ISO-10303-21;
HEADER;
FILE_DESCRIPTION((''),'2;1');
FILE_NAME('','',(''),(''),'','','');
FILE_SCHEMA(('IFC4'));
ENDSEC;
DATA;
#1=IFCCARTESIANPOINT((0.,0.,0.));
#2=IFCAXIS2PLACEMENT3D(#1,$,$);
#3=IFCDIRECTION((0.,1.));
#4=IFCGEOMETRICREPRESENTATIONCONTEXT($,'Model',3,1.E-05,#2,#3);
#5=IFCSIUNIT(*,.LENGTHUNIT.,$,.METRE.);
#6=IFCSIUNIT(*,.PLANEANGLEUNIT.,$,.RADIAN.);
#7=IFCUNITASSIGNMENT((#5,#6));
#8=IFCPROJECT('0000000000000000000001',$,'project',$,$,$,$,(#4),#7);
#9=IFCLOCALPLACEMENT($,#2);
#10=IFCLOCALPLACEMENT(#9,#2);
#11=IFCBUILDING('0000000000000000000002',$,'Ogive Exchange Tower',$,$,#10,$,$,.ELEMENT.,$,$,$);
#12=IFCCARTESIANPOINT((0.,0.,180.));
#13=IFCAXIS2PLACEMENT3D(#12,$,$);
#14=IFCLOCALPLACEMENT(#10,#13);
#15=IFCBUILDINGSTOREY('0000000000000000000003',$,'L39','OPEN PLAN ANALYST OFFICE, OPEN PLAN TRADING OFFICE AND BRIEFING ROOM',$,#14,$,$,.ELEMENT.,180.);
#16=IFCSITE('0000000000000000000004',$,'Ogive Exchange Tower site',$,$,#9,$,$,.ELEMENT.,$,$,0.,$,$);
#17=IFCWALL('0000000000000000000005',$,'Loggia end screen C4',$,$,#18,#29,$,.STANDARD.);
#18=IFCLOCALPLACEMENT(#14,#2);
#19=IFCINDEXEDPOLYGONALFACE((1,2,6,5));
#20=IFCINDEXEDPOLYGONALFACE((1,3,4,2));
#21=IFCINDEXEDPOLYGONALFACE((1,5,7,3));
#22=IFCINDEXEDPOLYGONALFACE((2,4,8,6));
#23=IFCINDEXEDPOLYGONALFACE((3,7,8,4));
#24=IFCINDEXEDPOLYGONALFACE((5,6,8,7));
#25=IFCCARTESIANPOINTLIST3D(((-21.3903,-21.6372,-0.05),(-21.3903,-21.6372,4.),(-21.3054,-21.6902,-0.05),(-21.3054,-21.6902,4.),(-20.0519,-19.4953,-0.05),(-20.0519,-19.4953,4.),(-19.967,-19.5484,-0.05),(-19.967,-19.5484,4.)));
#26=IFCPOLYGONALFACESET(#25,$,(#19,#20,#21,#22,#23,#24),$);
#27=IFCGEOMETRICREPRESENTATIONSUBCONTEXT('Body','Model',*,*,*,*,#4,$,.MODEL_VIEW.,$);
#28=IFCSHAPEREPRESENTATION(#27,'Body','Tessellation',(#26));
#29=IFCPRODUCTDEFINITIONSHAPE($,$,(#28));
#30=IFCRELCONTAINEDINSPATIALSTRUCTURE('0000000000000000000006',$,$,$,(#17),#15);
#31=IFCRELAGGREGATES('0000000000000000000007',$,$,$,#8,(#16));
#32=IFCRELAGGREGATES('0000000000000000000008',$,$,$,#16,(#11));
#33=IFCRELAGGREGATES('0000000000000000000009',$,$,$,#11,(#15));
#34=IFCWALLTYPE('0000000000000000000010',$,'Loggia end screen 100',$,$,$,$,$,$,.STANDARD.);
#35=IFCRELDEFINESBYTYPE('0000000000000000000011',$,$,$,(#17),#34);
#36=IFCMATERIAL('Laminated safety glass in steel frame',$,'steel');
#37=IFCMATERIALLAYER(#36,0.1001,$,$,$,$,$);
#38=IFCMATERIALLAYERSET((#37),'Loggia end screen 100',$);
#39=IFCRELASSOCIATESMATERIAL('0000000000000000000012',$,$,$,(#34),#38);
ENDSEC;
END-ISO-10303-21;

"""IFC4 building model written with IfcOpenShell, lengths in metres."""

from ifc_helpers import new_model, si_unit, direction, frame, frame_2d, origin, place, context, subcontext, project, spatial, rectangle, extrude, material, layer, layer_set, type_object, element, save


model = new_model("IFC4")

# Units and contexts
model_context = context("Model", 3, precision=1e-05, world=origin(), true_north=direction((0.0, 1.0)))
body_context = subcontext(model_context, "Body", "Model", "MODEL_VIEW")
ifc_project = project(units=[si_unit("LENGTHUNIT", "METRE"), si_unit("PLANEANGLEUNIT", "RADIAN")], contexts=[model_context])

# Site, building, storey
site_placement = place(None, origin())
site = spatial("IfcSite", under=ifc_project, at=site_placement, Name="Ogive Exchange Tower site", CompositionType="ELEMENT", RefElevation=0.0)
building_placement = place(site_placement, origin())
building = spatial("IfcBuilding", under=site, at=building_placement, Name="Ogive Exchange Tower", CompositionType="ELEMENT")
storey_placement = place(building_placement, frame((0.0, 0.0, 180.0)))
storey = spatial("IfcBuildingStorey", under=building, at=storey_placement, Name="L39", Description="OPEN PLAN ANALYST OFFICE, OPEN PLAN TRADING OFFICE AND BRIEFING ROOM", CompositionType="ELEMENT", Elevation=180.0)

# Wall
ifc_material_1 = material(Name="Laminated safety glass in steel frame", Category="steel")
ifc_layer_1 = layer(ifc_material_1, 0.1001)
ifc_layer_set_1 = layer_set([ifc_layer_1], Name="Loggia end screen 100")
wall_type_1 = type_object("IfcWallType", Name="Loggia end screen 100", PredefinedType="STANDARD", material=ifc_layer_set_1)
wall_1_placement = place(storey_placement, frame((-20.0095, -19.522, -0.05), z_axis=(0.0, 0.0, 1.0), x_axis=(-0.529921, -0.848047, 0.0)))
element("IfcWall", 1, at=wall_1_placement, inside=storey, type_object=wall_type_1, Name="Loggia end screen C4", PredefinedType="STANDARD", context=body_context, shape_type="SweptSolid", body=[
    extrude(rectangle(XDim=2.5256, YDim=0.1001, at=frame_2d((1.2627, 0.0))), origin(), (0.0, 0.0, 1.0), 4.05),
])

save(model, "model.ifc")
